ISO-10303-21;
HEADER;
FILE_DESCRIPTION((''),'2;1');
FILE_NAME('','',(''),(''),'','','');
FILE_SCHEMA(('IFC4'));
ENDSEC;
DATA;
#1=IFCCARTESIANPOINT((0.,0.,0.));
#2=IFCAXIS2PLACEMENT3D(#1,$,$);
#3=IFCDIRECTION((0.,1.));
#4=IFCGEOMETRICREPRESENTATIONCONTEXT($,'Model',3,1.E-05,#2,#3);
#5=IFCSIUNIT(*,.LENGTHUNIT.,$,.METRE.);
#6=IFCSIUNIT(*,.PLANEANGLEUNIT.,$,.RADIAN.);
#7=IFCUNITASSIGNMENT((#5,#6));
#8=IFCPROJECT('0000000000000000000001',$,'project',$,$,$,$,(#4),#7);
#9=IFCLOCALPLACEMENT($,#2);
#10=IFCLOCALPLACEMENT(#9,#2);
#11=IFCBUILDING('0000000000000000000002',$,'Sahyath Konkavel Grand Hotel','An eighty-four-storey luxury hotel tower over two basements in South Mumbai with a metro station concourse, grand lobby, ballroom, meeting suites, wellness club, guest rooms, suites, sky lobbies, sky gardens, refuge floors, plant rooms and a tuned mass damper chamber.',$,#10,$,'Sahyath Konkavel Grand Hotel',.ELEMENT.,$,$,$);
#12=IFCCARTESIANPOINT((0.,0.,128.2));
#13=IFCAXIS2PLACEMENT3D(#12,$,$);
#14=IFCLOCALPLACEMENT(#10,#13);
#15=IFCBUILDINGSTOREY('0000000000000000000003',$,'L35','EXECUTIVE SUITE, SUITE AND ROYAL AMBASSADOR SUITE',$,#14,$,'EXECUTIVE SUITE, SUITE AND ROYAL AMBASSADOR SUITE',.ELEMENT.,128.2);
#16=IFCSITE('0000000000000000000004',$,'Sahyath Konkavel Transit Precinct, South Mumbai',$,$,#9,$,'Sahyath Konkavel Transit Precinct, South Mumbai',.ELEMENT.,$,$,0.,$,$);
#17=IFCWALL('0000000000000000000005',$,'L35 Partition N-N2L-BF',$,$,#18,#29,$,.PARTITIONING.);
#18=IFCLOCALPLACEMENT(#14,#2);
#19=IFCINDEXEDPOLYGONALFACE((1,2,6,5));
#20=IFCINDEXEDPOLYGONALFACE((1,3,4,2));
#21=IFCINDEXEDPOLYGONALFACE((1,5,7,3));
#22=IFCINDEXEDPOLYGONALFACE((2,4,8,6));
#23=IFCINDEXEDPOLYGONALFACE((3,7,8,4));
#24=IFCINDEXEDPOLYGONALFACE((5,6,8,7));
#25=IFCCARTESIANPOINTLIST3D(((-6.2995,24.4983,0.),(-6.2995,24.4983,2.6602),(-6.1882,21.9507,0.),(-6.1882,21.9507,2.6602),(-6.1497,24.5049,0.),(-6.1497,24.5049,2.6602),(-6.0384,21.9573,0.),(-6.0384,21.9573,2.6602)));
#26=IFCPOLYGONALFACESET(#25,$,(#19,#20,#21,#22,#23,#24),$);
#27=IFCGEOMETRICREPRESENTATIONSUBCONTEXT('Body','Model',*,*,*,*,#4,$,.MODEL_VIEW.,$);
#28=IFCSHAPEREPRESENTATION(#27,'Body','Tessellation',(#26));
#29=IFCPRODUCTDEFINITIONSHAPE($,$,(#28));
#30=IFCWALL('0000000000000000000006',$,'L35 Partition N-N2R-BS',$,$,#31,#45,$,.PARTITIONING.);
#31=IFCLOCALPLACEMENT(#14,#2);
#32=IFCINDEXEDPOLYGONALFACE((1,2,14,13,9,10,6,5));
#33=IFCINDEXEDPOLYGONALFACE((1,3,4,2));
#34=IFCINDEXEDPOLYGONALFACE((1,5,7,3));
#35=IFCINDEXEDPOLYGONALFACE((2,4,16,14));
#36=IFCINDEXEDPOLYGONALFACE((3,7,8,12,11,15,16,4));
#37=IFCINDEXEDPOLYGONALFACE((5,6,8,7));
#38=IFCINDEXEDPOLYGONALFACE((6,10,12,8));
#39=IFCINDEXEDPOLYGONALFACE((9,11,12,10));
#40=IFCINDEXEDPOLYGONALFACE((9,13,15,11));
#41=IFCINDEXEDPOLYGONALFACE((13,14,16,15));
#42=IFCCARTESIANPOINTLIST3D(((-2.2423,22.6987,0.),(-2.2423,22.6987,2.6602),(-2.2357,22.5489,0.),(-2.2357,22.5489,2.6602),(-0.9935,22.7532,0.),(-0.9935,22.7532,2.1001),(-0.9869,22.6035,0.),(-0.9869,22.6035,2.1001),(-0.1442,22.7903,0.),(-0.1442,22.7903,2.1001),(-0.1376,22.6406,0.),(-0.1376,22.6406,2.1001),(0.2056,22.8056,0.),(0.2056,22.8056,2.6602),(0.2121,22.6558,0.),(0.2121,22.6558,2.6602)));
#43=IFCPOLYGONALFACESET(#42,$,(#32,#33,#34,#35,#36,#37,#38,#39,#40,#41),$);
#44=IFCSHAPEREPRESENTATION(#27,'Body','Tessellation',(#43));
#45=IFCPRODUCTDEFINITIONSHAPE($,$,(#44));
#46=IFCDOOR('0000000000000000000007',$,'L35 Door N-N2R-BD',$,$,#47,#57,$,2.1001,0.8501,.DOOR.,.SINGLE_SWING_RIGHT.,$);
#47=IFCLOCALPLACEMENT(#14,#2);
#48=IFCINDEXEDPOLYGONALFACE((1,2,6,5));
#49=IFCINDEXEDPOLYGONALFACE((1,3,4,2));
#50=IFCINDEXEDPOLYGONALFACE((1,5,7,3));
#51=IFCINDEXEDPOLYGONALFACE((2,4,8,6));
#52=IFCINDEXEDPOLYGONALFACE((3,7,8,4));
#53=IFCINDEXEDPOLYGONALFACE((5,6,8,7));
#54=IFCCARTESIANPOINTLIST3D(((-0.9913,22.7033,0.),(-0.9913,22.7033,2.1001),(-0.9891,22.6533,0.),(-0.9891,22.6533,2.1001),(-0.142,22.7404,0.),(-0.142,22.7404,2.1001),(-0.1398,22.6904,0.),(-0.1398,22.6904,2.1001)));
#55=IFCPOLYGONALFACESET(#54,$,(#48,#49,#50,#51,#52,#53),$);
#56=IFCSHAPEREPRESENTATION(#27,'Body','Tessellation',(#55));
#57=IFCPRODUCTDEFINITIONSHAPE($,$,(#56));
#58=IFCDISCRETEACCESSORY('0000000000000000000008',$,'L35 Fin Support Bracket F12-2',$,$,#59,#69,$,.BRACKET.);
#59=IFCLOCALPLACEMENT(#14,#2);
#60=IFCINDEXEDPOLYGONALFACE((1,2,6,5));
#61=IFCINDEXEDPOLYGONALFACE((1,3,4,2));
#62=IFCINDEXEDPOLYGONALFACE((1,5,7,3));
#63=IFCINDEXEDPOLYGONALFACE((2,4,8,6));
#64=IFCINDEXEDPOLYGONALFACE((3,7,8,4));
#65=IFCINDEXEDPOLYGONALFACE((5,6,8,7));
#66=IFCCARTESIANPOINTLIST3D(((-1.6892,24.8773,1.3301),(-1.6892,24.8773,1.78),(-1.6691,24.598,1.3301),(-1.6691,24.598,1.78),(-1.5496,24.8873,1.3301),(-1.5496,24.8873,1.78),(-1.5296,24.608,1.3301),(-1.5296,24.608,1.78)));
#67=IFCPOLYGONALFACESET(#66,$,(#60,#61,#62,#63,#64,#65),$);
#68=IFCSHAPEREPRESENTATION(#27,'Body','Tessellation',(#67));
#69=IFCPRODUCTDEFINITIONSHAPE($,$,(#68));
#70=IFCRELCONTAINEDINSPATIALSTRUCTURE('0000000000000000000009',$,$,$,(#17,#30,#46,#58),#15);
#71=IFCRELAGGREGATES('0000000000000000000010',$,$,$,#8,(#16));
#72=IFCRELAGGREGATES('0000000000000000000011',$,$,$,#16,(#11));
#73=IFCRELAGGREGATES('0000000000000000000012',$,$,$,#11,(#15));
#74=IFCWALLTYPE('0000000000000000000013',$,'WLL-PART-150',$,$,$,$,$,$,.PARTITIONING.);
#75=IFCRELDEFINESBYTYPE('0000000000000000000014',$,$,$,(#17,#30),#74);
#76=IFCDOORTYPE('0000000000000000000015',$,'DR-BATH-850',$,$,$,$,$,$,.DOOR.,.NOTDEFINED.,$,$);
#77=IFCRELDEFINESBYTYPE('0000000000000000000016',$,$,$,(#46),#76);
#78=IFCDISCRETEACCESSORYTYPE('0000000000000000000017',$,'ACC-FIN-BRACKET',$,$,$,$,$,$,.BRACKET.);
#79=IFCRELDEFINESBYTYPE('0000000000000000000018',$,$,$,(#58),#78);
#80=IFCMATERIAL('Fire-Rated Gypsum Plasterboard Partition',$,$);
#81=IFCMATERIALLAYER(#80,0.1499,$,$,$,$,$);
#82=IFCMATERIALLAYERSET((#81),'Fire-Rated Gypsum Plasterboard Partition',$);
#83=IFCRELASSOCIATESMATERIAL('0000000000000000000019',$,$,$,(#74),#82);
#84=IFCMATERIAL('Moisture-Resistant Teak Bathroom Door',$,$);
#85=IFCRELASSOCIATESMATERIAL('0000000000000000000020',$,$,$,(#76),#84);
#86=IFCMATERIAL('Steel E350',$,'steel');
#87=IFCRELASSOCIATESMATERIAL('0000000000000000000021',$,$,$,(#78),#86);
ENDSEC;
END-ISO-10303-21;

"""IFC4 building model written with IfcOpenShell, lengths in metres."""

from ifc_helpers import new_model, si_unit, direction, frame, frame_2d, origin, origin_2d, place, context, subcontext, project, spatial, rectangle, extrude, source, transform, mapped, material, layer, layer_set, type_object, element, fill, save


model = new_model("IFC4")

# Units and contexts
model_context = context("Model", 3, precision=1e-05, world=origin(), true_north=direction((0.0, 1.0)))
body_context = subcontext(model_context, "Body", "Model", "MODEL_VIEW")
ifc_project = project(units=[si_unit("LENGTHUNIT", "METRE"), si_unit("PLANEANGLEUNIT", "RADIAN")], contexts=[model_context])

# Site, building, storey
site_placement = place(None, origin())
site = spatial("IfcSite", under=ifc_project, at=site_placement, Name="Sahyath Konkavel Transit Precinct, South Mumbai", LongName="Sahyath Konkavel Transit Precinct, South Mumbai", CompositionType="ELEMENT", RefElevation=0.0)
building_placement = place(site_placement, origin())
building = spatial("IfcBuilding", under=site, at=building_placement, Name="Sahyath Konkavel Grand Hotel", Description="An eighty-four-storey luxury hotel tower over two basements in South Mumbai with a metro station concourse, grand lobby, ballroom, meeting suites, wellness club, guest rooms, suites, sky lobbies, sky gardens, refuge floors, plant rooms and a tuned mass damper chamber.", LongName="Sahyath Konkavel Grand Hotel", CompositionType="ELEMENT")
storey_placement = place(building_placement, frame((0.0, 0.0, 128.2)))
storey = spatial("IfcBuildingStorey", under=building, at=storey_placement, Name="L35", Description="EXECUTIVE SUITE, SUITE AND ROYAL AMBASSADOR SUITE", LongName="EXECUTIVE SUITE, SUITE AND ROYAL AMBASSADOR SUITE", CompositionType="ELEMENT", Elevation=128.2)

# Shared definitions
ifc_material_1 = material(Name="Steel E350", Category="steel")

# Shared definitions
ifc_material_2 = material(Name="Fire-Rated Gypsum Plasterboard Partition")
ifc_layer_1 = layer(ifc_material_2, 0.1499)
ifc_layer_set_1 = layer_set([ifc_layer_1], Name="Fire-Rated Gypsum Plasterboard Partition")
wall_type_1 = type_object("IfcWallType", Name="WLL-PART-150", PredefinedType="PARTITIONING", material=ifc_layer_set_1)
ifc_material_3 = material(Name="Moisture-Resistant Teak Bathroom Door")
door_type = type_object("IfcDoorType", Name="DR-BATH-850", OperationType="NOTDEFINED", PredefinedType="DOOR", material=ifc_material_3)
shared_shape_1 = source(origin(), body_context, "Body", "SweptSolid", [
    extrude(rectangle(XDim=0.8501, YDim=0.05, at=origin_2d()), origin(), (0.0, 0.0, 1.0), 2.1001),
])

# Wall
wall_1_placement = place(storey_placement, frame((-6.1133, 21.9541, 0.0), z_axis=(0.0, 0.0, 1.0), x_axis=(-0.043657, 0.999047, 0.0)))
element("IfcWall", 1, at=wall_1_placement, inside=storey, type_object=wall_type_1, Name="L35 Partition N-N2L-BF", PredefinedType="PARTITIONING", context=body_context, shape_type="SweptSolid", body=[
    extrude(rectangle(XDim=2.55, YDim=0.1499, at=frame_2d((1.2749, 0.0))), origin(), (0.0, 0.0, 1.0), 2.6602),
])

# Wall, opening, door
wall_2_placement = place(storey_placement, frame((-2.239, 22.6238, 0.0), z_axis=(0.0, 0.0, 1.0), x_axis=(0.999047, 0.043645, 0.0)))
wall_2 = element("IfcWall", 2, at=wall_2_placement, inside=storey, type_object=wall_type_1, Name="L35 Partition N-N2R-BS", PredefinedType="PARTITIONING", context=body_context, shape_type="SweptSolid", body=[
    extrude(rectangle(XDim=2.4502, YDim=0.1499, at=frame_2d((1.2251, 0.0))), origin(), (0.0, 0.0, 1.0), 2.6602),
])
opening_1_placement = place(wall_2_placement, frame((1.25, 0.0, 0.0)))
opening_1 = element("IfcOpeningElement", 3, at=opening_1_placement, cuts=wall_2, PredefinedType="OPENING", context=body_context, shape_type="SweptSolid", body=[
    extrude(rectangle(XDim=0.8501, YDim=2.1001, at=frame_2d((0.425, 1.05))), frame((0.0, 0.085, 0.0), z_axis=(0.0, -1.0, 0.0), x_axis=(1.0, 0.0, 0.0)), (0.0, 0.0, 1.0), 0.1699),
])
door_1_placement = place(opening_1_placement, frame((0.425, 0.0, 0.0)))
door_1 = element("IfcDoor", 4, at=door_1_placement, inside=storey, type_object=door_type, Name="L35 Door N-N2R-BD", OperationType="SINGLE_SWING_RIGHT", OverallHeight=2.1001, OverallWidth=0.8501, PredefinedType="DOOR", context=body_context, shape_type="MappedRepresentation", body=[
    mapped(shared_shape_1, transform((0.0, 0.0, 0.0), scale=1.0)),
])
fill(opening_1, door_1)

# Discrete accessory
discrete_accessory_type = type_object("IfcDiscreteAccessoryType", Name="ACC-FIN-BRACKET", PredefinedType="BRACKET", material=ifc_material_1)
shared_shape_2 = source(origin(), body_context, "Body", "SweptSolid", [
    extrude(rectangle(XDim=0.28, YDim=0.1399, at=origin_2d()), origin(), (0.0, 0.0, 1.0), 0.45),
])
discrete_accessory_placement = place(storey_placement, frame((-1.6094, 24.7427, 1.3301), z_axis=(0.0, 0.0, 1.0), x_axis=(-0.071567, 0.997436, 0.0)))
element("IfcDiscreteAccessory", 5, at=discrete_accessory_placement, inside=storey, type_object=discrete_accessory_type, Name="L35 Fin Support Bracket F12-2", PredefinedType="BRACKET", context=body_context, shape_type="MappedRepresentation", body=[
    mapped(shared_shape_2, transform((0.0, 0.0, 0.0), scale=1.0)),
])

save(model, "model.ifc")
